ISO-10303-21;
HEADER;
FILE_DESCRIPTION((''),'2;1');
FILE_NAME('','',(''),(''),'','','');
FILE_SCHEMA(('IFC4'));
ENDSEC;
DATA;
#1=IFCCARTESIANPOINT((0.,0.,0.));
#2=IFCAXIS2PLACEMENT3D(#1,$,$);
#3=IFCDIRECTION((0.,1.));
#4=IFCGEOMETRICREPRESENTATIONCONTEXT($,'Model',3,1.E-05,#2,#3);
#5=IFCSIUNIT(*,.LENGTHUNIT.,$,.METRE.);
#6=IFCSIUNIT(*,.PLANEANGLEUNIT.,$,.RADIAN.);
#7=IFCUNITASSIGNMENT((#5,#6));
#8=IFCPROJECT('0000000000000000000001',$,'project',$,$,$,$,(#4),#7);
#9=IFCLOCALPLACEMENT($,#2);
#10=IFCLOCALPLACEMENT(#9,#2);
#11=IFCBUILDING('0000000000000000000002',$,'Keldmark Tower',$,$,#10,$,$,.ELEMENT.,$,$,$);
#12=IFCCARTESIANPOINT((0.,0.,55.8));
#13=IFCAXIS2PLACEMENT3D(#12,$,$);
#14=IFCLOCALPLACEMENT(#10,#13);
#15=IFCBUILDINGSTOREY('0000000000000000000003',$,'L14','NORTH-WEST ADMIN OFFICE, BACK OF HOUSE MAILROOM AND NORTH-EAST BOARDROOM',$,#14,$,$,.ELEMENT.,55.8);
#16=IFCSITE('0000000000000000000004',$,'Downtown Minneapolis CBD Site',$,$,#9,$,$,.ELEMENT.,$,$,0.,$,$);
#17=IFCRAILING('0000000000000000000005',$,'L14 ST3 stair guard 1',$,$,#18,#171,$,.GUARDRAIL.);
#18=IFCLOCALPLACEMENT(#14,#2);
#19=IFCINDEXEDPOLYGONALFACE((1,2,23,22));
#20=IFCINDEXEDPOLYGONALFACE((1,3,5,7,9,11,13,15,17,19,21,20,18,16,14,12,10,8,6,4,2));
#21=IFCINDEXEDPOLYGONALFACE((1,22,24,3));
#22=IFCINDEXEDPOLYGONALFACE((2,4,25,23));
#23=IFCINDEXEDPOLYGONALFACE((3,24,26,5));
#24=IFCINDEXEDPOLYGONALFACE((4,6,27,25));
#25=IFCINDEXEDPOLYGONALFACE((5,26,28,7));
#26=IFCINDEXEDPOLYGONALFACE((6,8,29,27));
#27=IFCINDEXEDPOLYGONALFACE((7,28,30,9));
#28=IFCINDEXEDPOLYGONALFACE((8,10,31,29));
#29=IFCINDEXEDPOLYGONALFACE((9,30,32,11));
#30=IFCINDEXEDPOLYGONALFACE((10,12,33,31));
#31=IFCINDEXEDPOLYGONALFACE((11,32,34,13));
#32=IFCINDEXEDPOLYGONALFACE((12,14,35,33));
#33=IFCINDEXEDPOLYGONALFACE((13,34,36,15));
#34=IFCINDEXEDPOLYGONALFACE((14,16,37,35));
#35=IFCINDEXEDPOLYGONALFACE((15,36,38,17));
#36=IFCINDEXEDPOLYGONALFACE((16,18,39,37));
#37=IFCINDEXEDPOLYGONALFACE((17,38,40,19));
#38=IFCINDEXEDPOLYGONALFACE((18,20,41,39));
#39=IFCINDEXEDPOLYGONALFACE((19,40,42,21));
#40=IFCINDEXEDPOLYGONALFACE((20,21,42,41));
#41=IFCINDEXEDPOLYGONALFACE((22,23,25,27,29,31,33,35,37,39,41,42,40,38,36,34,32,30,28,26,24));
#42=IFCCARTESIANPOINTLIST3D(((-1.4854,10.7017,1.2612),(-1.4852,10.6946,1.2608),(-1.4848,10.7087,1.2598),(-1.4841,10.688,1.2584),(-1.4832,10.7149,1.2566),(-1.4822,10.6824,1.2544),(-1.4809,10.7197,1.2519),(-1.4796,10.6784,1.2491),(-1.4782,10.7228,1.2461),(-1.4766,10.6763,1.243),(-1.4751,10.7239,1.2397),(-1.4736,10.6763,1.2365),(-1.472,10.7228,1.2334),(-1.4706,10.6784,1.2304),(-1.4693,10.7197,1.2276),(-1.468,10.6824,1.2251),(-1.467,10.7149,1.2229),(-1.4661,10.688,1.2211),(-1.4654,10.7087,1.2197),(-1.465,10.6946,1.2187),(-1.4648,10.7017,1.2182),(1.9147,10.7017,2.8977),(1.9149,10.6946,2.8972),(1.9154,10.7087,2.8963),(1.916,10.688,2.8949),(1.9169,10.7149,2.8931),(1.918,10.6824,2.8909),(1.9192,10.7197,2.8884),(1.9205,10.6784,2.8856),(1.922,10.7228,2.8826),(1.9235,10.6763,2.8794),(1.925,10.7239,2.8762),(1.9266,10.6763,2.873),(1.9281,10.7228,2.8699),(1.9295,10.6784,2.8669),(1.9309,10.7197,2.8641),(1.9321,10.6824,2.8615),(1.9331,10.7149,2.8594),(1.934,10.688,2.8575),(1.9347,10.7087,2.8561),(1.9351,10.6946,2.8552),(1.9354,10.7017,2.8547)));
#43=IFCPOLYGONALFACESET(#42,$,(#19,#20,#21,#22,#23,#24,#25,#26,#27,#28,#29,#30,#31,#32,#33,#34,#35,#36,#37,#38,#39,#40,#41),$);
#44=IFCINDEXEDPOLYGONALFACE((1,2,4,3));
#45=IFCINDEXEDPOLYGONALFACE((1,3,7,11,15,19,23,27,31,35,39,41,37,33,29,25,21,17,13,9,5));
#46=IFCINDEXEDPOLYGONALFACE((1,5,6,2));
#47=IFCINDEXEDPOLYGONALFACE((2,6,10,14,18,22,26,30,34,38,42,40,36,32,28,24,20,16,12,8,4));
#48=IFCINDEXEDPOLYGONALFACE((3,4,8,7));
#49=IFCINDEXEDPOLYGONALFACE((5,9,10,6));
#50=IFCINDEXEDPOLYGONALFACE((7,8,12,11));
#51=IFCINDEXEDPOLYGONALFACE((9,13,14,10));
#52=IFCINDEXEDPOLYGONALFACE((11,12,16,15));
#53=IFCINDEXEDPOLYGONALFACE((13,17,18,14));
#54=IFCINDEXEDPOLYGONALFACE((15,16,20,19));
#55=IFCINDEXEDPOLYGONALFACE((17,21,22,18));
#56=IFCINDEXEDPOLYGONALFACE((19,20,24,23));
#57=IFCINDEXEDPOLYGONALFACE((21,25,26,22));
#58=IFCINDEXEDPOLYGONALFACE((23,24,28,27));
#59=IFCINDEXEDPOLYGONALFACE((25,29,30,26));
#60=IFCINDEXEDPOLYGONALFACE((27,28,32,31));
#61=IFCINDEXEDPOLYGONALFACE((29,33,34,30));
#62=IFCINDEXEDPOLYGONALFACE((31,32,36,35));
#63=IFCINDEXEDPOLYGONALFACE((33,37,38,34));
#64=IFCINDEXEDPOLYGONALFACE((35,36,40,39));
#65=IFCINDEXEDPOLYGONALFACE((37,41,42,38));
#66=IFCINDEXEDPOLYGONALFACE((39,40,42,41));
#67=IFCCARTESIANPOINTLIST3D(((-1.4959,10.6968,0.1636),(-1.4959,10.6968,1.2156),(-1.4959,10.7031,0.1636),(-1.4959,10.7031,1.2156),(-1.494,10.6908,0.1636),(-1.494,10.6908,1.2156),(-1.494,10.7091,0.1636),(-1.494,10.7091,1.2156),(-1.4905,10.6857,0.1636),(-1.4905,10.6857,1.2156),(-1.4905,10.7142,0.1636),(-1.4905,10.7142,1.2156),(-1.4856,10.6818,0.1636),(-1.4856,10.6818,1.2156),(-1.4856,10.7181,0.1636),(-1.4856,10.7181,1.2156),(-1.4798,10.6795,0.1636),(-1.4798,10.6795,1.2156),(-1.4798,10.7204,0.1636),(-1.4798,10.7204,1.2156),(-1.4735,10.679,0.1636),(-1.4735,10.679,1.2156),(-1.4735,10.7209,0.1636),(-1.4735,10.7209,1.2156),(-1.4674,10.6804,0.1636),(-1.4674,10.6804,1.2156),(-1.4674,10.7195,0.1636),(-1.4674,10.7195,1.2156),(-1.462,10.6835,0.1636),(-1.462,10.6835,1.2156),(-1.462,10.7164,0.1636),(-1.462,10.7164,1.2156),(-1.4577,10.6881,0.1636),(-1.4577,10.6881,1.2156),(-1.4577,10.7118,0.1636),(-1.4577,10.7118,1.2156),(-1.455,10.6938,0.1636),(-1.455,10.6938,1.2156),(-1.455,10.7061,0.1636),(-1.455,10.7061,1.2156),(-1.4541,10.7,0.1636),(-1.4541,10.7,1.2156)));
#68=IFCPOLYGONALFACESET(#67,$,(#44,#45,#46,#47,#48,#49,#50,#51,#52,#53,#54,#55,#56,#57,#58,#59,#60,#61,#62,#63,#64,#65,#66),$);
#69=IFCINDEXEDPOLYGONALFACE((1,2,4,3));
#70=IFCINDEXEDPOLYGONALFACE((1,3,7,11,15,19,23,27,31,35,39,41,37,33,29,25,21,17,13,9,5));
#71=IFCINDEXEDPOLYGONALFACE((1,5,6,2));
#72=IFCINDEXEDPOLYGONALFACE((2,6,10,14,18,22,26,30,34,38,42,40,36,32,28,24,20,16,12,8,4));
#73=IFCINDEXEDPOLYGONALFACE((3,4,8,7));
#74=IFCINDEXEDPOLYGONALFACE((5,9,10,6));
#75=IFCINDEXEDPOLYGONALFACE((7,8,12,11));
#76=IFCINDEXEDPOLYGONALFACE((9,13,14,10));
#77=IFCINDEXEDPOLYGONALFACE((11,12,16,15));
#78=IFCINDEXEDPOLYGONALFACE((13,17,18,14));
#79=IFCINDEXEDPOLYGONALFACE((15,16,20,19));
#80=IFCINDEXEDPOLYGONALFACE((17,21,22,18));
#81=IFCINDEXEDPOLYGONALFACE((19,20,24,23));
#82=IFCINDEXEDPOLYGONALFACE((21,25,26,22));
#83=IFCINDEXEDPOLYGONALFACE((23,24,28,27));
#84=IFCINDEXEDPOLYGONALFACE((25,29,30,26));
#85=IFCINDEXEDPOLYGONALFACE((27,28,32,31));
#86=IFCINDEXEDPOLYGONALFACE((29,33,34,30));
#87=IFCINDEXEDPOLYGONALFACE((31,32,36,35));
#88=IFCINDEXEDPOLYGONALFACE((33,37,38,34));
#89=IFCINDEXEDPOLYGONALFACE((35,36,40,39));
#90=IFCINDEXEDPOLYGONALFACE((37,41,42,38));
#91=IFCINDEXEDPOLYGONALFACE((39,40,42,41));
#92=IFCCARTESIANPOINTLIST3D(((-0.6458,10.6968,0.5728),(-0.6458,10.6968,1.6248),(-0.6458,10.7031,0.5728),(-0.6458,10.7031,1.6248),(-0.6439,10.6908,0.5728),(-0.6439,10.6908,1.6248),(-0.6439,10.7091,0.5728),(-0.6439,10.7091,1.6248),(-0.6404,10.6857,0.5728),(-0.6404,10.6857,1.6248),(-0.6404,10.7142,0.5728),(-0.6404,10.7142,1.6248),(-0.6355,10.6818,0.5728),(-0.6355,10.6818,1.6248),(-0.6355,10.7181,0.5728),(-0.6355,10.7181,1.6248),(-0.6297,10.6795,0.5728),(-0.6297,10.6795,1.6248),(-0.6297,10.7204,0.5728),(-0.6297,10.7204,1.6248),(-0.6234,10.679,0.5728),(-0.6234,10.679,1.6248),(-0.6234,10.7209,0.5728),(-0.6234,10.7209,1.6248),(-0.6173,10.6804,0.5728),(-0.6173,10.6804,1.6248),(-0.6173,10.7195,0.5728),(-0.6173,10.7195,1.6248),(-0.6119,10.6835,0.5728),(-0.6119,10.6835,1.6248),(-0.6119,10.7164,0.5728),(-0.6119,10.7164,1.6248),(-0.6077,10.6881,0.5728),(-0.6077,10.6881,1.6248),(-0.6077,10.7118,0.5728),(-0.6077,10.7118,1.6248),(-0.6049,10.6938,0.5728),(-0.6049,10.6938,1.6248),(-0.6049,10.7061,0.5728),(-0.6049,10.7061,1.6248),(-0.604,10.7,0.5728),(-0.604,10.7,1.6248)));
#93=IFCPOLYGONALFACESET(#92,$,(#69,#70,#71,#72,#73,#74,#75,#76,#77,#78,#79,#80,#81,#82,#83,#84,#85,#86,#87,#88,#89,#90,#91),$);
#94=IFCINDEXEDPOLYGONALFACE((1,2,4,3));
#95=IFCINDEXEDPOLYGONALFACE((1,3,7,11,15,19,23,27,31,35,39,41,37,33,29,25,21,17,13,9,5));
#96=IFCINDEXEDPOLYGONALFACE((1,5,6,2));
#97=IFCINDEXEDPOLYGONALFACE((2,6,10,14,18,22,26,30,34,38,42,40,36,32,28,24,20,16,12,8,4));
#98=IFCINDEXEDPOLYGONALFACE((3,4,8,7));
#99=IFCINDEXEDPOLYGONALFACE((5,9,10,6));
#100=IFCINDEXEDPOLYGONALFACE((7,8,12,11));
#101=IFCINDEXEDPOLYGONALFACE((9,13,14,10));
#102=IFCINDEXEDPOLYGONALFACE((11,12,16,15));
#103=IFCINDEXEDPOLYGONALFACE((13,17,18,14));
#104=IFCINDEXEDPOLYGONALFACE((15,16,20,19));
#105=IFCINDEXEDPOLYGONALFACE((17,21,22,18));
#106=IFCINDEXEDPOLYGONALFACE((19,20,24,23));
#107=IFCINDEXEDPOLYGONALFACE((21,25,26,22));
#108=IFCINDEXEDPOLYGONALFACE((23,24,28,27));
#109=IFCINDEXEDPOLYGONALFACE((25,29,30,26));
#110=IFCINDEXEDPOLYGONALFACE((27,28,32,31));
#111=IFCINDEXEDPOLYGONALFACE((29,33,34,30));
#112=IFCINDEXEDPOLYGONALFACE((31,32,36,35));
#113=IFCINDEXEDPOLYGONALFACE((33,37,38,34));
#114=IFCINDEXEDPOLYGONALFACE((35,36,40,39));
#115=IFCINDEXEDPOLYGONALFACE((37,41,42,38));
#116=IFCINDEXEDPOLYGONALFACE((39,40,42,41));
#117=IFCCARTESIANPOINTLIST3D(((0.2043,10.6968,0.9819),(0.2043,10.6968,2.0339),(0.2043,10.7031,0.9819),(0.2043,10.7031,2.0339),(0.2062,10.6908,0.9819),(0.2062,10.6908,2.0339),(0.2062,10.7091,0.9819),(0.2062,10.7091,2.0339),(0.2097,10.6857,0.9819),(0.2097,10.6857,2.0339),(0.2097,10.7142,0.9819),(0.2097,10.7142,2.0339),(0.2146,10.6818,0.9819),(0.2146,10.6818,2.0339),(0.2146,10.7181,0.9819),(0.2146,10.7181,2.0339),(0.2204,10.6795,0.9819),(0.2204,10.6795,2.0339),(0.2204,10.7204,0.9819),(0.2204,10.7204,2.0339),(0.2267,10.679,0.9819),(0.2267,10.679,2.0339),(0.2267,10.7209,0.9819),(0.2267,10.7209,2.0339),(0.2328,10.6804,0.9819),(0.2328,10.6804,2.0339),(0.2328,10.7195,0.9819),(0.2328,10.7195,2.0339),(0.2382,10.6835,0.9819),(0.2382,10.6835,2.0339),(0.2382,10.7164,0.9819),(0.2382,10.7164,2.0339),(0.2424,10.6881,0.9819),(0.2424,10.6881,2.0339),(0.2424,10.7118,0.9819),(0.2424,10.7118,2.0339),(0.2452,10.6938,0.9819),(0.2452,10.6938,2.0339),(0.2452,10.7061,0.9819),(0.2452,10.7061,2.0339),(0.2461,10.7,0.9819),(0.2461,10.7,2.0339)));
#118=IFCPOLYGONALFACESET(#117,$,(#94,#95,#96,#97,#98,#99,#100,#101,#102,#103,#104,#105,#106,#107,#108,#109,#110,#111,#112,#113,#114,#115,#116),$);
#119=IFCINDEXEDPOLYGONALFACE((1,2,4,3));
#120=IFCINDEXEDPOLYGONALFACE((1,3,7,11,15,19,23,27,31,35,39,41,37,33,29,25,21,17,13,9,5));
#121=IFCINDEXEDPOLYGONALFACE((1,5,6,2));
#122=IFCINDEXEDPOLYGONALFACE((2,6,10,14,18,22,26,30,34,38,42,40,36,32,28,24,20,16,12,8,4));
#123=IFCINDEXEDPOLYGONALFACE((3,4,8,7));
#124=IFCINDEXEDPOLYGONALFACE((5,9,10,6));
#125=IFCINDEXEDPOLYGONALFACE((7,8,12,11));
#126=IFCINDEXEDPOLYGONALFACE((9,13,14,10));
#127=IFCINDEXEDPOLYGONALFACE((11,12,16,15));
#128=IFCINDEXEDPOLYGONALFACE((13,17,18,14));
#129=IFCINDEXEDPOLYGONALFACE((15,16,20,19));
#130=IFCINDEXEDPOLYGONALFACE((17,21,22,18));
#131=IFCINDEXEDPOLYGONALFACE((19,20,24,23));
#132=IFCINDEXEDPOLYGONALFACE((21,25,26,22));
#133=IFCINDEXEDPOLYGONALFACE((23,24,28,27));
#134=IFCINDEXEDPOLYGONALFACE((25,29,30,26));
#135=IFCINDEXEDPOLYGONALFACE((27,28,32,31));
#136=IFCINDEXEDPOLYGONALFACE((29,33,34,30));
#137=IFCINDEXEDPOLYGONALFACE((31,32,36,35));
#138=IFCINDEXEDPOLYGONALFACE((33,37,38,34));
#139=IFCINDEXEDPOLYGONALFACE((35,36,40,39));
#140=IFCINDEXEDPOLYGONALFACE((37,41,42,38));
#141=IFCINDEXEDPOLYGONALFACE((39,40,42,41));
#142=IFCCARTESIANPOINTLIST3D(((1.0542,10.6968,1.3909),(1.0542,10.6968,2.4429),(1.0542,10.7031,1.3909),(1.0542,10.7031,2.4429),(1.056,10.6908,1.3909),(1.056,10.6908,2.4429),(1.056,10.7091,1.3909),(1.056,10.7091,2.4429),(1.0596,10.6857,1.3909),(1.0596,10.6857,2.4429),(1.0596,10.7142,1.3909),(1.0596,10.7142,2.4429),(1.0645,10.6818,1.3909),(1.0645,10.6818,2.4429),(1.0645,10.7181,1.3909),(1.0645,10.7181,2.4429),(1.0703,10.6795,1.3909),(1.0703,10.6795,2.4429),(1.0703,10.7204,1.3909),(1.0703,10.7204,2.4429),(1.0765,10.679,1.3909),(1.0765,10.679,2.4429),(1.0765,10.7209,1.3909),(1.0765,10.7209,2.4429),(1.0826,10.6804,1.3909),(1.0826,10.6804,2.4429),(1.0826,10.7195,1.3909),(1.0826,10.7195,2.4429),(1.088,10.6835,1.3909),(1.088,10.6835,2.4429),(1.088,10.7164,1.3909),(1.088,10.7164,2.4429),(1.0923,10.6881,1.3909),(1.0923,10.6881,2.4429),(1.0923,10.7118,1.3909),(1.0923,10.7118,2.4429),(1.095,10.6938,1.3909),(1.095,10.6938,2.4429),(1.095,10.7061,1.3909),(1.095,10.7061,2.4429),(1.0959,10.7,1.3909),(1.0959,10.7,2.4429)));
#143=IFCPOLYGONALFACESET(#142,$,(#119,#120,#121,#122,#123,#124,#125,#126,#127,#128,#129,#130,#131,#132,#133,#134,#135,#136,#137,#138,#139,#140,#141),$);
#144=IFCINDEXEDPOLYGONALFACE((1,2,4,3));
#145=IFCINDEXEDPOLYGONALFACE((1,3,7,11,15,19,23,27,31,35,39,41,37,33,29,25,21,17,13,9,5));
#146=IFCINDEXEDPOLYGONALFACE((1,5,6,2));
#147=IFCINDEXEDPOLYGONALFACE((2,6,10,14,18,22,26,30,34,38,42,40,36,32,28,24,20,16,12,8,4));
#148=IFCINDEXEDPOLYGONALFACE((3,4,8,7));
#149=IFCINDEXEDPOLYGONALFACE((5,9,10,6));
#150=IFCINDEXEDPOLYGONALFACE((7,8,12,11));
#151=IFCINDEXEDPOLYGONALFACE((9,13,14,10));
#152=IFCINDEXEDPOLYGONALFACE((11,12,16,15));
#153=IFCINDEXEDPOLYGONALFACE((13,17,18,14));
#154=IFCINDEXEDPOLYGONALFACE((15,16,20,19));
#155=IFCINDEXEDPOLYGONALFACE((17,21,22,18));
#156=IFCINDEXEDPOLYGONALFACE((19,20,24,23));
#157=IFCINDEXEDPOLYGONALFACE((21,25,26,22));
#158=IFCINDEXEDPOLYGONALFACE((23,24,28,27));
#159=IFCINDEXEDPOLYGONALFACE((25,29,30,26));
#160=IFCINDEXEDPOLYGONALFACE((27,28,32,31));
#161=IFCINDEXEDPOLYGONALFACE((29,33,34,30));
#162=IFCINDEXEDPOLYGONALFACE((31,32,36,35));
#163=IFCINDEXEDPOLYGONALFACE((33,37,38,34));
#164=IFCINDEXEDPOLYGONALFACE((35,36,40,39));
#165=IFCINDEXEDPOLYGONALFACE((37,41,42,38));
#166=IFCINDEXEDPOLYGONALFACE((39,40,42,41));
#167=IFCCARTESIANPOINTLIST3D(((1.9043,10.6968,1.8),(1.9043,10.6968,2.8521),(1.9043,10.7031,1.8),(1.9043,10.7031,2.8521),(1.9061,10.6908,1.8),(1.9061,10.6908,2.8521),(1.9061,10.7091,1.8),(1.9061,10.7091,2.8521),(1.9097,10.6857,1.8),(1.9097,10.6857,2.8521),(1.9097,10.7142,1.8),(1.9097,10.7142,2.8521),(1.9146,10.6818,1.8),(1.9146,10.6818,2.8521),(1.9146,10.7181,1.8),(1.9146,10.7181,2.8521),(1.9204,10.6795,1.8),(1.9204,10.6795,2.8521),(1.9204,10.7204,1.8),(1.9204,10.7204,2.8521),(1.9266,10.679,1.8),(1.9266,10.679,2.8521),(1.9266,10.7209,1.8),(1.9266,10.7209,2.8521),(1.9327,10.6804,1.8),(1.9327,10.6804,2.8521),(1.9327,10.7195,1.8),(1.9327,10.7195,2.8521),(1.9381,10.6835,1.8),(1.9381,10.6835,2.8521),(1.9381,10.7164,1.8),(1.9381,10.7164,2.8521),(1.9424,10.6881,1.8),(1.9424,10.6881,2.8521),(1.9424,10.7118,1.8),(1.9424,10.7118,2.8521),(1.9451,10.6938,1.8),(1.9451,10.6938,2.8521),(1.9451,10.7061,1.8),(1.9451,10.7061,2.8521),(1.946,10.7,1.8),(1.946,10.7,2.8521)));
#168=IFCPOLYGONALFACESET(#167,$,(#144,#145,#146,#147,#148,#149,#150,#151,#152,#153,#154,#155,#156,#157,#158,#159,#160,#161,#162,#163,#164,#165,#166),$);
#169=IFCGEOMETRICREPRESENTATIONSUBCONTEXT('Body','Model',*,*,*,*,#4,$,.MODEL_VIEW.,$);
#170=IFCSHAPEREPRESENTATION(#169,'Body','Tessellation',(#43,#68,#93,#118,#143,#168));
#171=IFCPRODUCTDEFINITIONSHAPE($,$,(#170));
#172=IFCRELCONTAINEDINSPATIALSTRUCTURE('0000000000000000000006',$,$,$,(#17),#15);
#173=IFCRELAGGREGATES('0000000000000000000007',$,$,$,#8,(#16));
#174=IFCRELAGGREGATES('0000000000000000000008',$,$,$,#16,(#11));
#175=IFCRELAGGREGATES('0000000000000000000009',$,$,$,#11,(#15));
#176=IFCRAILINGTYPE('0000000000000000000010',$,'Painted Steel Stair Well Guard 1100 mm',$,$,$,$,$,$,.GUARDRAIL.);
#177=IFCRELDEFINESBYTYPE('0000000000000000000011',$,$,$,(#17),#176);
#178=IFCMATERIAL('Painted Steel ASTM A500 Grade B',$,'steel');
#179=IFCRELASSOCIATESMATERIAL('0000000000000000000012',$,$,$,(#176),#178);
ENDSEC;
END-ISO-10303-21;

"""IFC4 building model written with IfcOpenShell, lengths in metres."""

from ifc_helpers import new_model, si_unit, direction, frame, origin, origin_2d, place, context, subcontext, project, spatial, circle, extrude, material, type_object, element, save


model = new_model("IFC4")

# Units and contexts
model_context = context("Model", 3, precision=1e-05, world=origin(), true_north=direction((0.0, 1.0)))
body_context = subcontext(model_context, "Body", "Model", "MODEL_VIEW")
ifc_project = project(units=[si_unit("LENGTHUNIT", "METRE"), si_unit("PLANEANGLEUNIT", "RADIAN")], contexts=[model_context])

# Site, building, storey
site_placement = place(None, origin())
site = spatial("IfcSite", under=ifc_project, at=site_placement, Name="Downtown Minneapolis CBD Site", CompositionType="ELEMENT", RefElevation=0.0)
building_placement = place(site_placement, origin())
building = spatial("IfcBuilding", under=site, at=building_placement, Name="Keldmark Tower", CompositionType="ELEMENT")
storey_placement = place(building_placement, frame((0.0, 0.0, 55.8)))
storey = spatial("IfcBuildingStorey", under=building, at=storey_placement, Name="L14", Description="NORTH-WEST ADMIN OFFICE, BACK OF HOUSE MAILROOM AND NORTH-EAST BOARDROOM", CompositionType="ELEMENT", Elevation=55.8)

# Railing
ifc_material_1 = material(Name="Painted Steel ASTM A500 Grade B", Category="steel")
railing_type_1 = type_object("IfcRailingType", Name="Painted Steel Stair Well Guard 1100 mm", PredefinedType="GUARDRAIL", material=ifc_material_1)
railing_1_placement = place(storey_placement, frame((-1.4751, 10.7, 0.1636)))
element("IfcRailing", 1, at=railing_1_placement, inside=storey, type_object=railing_type_1, Name="L14 ST3 stair guard 1", PredefinedType="GUARDRAIL", context=body_context, shape_type="SweptSolid", body=[
    extrude(circle(Radius=0.0239, at=origin_2d()), frame((0.0, 0.0, 1.0762), z_axis=(0.901067, 0.0, 0.433679), x_axis=(0.0, 1.0, 0.0)), (0.0, 0.0, 1.0), 3.7734),
    extrude(circle(Radius=0.021, at=origin_2d()), origin(), (0.0, 0.0, 1.0), 1.052),
    extrude(circle(Radius=0.021, at=origin_2d()), frame((0.8501, 0.0, 0.4092)), (0.0, 0.0, 1.0), 1.052),
    extrude(circle(Radius=0.021, at=origin_2d()), frame((1.7002, 0.0, 0.8184)), (0.0, 0.0, 1.0), 1.052),
    extrude(circle(Radius=0.021, at=origin_2d()), frame((2.55, 0.0, 1.2273)), (0.0, 0.0, 1.0), 1.052),
    extrude(circle(Radius=0.021, at=origin_2d()), frame((3.4001, 0.0, 1.6365)), (0.0, 0.0, 1.0), 1.052),
])

save(model, "model.ifc")
